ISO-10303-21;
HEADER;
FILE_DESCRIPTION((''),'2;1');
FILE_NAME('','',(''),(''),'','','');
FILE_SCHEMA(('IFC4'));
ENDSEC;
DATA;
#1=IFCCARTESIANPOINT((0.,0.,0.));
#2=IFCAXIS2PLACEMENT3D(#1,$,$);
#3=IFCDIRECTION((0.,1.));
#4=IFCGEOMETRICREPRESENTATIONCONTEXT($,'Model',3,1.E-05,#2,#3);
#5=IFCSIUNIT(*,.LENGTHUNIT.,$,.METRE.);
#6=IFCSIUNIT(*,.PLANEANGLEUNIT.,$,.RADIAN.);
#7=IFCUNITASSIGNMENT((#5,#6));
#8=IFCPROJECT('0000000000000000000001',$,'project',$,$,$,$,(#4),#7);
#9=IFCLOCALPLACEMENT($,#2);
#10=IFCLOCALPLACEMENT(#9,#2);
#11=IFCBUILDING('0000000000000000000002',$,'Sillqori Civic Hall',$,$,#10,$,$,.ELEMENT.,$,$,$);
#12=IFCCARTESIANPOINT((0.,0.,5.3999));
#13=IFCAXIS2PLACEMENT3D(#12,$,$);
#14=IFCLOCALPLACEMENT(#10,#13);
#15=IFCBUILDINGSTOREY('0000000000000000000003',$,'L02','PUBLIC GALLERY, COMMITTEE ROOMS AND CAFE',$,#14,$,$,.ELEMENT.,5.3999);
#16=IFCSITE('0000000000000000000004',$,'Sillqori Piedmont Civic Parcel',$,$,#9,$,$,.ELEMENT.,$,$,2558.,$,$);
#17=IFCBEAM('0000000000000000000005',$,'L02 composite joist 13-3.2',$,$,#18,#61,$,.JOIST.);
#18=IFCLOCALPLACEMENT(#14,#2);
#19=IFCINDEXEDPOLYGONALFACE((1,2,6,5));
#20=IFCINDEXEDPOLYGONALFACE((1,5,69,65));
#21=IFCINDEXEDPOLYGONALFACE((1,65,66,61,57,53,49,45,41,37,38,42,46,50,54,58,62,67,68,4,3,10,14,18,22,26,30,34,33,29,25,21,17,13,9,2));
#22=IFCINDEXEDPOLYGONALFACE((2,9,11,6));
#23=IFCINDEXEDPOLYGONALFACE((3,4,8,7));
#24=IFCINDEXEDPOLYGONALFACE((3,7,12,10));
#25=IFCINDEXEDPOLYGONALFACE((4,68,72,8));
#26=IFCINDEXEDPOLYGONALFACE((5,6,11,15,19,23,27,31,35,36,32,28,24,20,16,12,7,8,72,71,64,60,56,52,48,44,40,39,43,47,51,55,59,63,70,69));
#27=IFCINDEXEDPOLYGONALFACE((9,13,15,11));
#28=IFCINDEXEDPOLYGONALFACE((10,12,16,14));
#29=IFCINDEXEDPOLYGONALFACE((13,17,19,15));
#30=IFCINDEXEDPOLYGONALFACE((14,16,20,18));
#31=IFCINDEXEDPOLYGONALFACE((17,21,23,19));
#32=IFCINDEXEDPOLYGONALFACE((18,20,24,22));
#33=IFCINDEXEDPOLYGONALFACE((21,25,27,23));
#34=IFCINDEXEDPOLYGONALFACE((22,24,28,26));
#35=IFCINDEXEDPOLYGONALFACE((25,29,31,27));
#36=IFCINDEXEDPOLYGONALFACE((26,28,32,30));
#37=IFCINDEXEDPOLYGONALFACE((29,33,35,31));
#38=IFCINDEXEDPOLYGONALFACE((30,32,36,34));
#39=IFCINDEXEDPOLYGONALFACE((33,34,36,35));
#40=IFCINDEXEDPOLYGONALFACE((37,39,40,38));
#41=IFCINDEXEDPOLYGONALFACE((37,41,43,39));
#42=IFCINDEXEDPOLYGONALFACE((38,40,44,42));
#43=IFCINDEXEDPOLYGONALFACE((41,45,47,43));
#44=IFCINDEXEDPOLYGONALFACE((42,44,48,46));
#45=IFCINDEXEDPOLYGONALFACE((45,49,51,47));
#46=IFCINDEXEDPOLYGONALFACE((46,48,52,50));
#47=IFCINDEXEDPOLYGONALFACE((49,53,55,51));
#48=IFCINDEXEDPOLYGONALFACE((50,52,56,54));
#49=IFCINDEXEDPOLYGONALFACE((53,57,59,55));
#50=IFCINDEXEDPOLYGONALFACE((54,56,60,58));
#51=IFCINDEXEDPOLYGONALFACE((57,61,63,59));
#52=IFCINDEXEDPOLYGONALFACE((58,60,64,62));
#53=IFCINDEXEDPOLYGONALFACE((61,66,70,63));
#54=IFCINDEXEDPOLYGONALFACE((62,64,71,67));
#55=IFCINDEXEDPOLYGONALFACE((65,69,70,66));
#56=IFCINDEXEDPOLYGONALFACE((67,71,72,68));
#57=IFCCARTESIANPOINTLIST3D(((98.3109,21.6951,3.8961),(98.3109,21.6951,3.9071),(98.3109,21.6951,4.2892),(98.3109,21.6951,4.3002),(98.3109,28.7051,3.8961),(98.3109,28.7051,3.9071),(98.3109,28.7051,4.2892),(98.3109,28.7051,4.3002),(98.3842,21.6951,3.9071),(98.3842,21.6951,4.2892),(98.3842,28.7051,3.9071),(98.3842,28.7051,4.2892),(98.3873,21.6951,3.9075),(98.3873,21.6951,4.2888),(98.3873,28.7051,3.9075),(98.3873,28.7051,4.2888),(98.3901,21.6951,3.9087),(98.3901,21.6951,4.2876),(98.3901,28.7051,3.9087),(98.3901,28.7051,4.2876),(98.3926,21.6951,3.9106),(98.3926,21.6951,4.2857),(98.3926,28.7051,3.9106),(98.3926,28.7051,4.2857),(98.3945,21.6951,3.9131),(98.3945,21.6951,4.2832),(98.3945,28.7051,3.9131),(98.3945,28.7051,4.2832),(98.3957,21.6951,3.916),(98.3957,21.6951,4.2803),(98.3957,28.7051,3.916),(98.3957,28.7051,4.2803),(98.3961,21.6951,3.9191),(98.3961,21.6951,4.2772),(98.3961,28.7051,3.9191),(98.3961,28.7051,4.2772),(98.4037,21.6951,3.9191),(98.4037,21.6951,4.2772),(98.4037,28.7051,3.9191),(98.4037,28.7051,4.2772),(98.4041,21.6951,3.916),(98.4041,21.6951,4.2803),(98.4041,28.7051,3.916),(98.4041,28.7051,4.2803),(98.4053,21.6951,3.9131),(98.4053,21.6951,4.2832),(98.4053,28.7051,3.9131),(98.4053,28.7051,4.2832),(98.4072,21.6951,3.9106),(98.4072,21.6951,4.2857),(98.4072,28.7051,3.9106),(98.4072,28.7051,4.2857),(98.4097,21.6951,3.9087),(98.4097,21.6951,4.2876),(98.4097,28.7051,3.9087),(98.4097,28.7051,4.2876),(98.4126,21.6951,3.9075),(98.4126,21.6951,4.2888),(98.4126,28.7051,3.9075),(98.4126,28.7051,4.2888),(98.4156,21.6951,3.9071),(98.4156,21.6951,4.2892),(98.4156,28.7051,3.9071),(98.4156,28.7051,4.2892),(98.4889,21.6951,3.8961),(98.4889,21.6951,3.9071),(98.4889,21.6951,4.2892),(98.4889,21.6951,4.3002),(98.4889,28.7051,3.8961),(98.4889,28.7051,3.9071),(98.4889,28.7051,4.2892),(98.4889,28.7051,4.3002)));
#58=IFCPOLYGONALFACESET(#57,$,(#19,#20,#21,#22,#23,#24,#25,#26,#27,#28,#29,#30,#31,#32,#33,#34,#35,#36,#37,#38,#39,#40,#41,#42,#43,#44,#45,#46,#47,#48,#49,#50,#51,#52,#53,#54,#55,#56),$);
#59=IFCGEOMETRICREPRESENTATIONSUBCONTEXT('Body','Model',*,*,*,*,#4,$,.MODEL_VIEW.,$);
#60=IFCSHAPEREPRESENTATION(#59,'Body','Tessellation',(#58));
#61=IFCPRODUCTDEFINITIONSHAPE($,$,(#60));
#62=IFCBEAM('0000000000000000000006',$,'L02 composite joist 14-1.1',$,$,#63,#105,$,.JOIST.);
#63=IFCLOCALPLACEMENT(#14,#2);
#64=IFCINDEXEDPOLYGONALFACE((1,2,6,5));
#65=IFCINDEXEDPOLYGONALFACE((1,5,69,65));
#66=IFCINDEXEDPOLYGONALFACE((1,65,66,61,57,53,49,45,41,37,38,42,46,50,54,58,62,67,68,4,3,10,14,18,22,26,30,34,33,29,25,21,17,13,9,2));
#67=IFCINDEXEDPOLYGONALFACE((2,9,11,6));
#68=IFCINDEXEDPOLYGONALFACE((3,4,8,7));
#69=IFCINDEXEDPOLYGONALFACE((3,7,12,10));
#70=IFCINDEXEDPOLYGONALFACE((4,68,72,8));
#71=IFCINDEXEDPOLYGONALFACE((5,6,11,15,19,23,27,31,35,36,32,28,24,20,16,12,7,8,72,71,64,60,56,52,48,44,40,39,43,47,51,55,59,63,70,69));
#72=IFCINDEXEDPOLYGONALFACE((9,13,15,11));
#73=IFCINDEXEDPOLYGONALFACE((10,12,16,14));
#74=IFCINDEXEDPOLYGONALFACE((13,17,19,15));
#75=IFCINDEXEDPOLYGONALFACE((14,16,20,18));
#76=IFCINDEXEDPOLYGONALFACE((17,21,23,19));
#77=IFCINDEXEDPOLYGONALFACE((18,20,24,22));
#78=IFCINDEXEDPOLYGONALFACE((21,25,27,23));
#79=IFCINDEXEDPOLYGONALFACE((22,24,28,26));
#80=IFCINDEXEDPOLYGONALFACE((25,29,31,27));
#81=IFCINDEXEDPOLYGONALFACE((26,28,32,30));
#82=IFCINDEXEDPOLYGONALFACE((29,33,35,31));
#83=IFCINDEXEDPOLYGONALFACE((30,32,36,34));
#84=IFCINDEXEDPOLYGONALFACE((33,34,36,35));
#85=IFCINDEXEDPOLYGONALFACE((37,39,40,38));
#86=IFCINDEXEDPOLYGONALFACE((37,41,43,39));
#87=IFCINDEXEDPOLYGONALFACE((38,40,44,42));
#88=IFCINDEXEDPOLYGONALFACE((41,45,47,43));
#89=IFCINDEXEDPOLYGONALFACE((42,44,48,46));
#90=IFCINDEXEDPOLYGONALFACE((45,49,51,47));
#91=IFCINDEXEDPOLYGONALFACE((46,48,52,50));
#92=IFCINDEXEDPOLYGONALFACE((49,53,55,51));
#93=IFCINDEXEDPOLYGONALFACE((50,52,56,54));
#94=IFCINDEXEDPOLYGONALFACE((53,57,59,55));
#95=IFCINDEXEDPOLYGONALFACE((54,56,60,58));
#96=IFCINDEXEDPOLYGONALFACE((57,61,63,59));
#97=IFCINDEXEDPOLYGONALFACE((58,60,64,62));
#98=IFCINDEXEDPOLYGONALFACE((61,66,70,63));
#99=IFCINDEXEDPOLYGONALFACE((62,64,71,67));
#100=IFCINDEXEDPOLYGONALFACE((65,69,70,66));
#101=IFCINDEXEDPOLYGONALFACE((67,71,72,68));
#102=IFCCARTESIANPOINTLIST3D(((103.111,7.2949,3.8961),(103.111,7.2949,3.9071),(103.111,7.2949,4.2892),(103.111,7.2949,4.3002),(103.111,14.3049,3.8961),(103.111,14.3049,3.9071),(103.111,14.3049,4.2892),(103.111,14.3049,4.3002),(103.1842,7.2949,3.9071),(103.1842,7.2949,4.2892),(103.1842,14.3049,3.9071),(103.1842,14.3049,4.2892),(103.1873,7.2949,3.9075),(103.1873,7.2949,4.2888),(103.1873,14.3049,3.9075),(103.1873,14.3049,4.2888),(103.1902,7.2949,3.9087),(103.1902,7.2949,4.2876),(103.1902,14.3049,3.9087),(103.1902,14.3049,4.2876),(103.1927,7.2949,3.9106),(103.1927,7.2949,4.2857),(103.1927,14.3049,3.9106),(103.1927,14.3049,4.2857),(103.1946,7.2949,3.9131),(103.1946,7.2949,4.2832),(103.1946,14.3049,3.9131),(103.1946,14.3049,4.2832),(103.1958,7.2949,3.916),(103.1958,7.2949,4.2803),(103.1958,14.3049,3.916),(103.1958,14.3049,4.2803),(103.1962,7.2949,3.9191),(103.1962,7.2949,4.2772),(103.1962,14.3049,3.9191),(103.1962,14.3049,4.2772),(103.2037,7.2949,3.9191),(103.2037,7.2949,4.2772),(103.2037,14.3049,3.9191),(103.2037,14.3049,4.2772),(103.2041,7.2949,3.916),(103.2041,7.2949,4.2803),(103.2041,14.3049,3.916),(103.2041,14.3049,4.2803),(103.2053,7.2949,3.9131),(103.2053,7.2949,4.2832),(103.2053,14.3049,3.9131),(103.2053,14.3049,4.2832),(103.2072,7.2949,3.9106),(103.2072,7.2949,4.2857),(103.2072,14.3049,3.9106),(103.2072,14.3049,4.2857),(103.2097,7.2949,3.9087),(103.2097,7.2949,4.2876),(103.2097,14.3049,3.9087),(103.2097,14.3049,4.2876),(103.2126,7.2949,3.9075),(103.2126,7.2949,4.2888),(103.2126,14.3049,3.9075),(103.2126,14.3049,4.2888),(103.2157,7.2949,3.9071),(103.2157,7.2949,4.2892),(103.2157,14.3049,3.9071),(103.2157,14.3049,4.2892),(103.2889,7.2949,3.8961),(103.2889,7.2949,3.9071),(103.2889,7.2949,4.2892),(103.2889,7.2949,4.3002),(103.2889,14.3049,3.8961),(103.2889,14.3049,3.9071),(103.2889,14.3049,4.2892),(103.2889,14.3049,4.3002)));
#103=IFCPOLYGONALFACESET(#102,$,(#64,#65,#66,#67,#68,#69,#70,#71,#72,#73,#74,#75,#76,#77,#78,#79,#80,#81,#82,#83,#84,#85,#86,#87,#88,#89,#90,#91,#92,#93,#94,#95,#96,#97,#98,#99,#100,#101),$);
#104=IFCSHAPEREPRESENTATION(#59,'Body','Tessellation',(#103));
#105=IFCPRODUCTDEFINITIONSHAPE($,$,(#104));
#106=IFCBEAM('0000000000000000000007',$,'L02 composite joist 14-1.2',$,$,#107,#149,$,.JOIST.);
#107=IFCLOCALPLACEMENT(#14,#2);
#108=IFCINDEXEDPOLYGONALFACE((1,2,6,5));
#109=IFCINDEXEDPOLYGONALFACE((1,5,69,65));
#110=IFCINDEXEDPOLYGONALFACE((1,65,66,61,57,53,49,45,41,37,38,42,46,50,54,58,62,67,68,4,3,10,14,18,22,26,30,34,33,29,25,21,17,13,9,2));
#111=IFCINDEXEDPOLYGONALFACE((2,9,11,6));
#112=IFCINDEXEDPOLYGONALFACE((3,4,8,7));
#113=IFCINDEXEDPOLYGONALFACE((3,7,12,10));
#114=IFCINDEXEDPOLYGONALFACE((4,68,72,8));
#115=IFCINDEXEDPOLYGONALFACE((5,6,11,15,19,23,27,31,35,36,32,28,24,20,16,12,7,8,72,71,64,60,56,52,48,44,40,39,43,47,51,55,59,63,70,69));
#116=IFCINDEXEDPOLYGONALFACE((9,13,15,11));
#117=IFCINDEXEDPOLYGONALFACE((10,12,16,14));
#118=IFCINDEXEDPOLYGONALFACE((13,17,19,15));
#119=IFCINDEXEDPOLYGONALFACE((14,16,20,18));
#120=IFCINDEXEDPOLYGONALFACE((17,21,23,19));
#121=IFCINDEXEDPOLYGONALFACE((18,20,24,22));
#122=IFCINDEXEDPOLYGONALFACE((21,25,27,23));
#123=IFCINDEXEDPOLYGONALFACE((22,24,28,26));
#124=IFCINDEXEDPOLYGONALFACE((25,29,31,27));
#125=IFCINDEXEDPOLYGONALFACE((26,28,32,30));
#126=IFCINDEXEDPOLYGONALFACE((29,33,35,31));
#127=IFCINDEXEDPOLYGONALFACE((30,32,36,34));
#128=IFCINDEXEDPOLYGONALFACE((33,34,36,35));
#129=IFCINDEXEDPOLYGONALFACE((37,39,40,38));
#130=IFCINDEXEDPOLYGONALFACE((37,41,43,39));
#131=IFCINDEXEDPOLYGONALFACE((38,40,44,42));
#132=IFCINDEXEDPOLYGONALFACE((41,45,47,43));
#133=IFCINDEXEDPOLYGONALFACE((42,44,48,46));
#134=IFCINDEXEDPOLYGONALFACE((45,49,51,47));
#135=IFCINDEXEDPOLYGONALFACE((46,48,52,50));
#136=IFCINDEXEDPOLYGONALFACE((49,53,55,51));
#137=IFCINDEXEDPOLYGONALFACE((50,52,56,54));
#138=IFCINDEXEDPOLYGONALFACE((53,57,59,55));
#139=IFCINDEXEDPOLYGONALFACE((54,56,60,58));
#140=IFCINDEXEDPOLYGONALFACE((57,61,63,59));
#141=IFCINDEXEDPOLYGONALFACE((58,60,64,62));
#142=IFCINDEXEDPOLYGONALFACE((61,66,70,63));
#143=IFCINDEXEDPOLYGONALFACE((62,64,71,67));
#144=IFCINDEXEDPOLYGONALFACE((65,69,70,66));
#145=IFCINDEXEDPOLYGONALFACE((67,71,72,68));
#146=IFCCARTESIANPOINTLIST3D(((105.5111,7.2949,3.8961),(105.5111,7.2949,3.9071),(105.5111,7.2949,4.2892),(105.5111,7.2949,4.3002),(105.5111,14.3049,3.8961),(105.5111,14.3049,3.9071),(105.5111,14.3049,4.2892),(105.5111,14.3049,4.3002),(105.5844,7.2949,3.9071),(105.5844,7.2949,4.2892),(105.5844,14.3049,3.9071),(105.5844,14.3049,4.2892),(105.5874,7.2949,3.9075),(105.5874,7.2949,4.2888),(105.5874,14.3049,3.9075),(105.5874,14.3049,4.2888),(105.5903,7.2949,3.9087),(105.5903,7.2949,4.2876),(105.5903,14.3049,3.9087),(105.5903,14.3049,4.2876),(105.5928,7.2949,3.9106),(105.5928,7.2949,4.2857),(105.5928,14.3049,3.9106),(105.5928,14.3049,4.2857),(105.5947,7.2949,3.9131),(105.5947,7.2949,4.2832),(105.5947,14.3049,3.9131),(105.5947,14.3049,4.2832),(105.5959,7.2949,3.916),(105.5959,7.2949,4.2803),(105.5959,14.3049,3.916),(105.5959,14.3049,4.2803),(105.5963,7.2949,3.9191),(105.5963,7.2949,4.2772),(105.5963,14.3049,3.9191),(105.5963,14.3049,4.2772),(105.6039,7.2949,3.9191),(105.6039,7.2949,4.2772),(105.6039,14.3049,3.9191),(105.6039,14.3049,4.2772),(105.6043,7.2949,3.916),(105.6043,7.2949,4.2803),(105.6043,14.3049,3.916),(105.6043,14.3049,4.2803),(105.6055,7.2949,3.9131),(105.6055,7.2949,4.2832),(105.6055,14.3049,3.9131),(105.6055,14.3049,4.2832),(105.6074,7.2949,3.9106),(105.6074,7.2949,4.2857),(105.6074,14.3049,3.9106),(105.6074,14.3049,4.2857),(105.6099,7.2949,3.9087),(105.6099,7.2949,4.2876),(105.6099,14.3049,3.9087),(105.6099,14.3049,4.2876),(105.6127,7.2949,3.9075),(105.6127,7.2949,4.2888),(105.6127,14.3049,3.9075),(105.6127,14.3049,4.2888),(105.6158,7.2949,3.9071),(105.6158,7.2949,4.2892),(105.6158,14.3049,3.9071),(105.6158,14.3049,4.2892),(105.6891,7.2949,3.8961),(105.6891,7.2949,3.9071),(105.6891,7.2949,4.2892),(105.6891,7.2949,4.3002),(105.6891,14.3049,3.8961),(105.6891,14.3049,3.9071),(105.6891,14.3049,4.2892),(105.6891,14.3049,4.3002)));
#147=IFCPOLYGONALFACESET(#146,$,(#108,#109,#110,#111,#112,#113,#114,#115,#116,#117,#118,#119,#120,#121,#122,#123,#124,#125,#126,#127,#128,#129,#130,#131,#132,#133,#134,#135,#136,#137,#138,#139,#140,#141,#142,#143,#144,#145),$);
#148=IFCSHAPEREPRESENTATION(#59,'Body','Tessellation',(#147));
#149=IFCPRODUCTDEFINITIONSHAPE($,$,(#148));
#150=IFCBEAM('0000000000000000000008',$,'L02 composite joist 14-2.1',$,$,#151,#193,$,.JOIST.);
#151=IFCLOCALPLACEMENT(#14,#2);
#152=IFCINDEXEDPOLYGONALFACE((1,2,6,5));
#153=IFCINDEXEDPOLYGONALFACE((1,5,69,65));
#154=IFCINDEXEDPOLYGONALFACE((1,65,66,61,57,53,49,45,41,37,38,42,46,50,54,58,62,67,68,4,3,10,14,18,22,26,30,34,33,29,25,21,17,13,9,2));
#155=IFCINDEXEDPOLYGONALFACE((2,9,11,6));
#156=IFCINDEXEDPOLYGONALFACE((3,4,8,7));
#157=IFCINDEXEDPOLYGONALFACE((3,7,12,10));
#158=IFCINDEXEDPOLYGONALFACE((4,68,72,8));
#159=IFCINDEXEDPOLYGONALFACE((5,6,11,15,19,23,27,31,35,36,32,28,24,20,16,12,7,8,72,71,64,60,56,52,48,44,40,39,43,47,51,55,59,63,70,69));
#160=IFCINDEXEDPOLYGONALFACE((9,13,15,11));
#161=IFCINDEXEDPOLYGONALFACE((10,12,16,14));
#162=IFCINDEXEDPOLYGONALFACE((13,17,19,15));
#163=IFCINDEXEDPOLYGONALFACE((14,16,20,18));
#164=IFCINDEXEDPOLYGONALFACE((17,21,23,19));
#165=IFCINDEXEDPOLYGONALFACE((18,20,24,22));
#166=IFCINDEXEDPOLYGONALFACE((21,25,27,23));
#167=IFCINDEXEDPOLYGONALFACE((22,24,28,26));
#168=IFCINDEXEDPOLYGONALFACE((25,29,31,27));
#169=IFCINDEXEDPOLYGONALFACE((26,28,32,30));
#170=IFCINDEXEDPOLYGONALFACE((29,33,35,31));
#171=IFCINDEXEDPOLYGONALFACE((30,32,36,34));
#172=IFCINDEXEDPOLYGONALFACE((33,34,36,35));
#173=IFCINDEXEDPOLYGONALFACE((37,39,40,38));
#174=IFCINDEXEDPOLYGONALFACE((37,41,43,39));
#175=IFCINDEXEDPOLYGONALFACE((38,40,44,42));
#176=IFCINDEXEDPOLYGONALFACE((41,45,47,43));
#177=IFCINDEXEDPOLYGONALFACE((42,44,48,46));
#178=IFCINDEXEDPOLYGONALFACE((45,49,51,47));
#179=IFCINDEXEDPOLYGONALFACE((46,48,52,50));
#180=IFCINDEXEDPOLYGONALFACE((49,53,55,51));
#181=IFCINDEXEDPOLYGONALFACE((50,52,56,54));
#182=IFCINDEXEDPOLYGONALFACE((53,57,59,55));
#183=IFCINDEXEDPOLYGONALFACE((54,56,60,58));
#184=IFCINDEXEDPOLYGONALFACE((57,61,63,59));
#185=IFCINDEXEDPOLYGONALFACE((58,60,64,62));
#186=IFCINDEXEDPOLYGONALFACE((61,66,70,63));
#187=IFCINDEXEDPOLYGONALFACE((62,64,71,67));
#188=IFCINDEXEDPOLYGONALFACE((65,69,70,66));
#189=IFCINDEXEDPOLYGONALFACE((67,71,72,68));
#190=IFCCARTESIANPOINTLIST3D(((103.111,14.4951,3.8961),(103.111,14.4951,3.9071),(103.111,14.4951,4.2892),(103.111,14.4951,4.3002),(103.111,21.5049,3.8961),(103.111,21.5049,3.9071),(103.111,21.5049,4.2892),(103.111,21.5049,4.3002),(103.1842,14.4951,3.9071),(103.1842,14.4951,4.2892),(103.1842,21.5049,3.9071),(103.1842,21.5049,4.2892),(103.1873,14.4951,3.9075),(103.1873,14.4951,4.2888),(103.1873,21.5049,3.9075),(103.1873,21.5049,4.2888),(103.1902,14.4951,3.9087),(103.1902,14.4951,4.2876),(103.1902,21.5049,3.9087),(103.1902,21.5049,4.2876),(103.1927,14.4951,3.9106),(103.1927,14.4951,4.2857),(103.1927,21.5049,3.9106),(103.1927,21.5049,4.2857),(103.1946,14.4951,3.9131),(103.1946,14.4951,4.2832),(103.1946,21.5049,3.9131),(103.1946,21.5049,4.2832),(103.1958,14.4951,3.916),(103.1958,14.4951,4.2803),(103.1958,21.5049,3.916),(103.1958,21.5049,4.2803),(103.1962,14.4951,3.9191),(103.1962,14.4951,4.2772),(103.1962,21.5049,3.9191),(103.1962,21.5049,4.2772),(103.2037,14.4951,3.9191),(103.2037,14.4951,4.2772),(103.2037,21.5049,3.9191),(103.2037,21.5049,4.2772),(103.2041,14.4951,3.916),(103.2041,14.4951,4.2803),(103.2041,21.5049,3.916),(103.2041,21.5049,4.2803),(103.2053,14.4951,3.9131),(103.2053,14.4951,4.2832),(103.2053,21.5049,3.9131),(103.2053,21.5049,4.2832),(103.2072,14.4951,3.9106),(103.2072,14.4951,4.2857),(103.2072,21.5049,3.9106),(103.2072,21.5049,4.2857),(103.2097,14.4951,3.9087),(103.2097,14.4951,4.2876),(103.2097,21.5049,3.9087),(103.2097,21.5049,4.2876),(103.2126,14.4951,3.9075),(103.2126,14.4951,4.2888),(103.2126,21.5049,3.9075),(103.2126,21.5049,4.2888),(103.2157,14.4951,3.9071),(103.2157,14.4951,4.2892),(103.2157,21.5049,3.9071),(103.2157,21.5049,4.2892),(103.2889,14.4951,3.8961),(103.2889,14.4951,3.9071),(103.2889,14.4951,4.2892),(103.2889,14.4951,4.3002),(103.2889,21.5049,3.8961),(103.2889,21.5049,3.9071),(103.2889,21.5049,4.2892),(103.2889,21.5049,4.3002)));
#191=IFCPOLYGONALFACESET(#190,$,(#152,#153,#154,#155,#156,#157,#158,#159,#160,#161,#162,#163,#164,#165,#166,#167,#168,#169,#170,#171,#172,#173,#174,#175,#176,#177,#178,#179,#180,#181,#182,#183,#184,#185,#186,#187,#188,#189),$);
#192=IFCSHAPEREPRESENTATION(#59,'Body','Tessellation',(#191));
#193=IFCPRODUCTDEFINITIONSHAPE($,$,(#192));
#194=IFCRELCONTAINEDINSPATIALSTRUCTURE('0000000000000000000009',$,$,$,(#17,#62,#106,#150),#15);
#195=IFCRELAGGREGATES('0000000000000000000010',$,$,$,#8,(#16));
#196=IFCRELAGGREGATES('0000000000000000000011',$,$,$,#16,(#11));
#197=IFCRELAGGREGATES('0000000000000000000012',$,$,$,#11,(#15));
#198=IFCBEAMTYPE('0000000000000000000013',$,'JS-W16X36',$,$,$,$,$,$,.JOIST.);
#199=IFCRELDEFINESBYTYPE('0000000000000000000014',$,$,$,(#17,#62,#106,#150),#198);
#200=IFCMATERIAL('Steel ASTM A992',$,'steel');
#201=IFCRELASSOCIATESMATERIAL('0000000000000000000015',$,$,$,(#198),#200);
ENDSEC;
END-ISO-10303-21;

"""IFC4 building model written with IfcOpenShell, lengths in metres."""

from ifc_helpers import new_model, si_unit, direction, frame, origin, origin_2d, place, context, subcontext, project, spatial, i_section, extrude, material, material_profile, profile_set, type_object, element, save


model = new_model("IFC4")

# Units and contexts
model_context = context("Model", 3, precision=1e-05, world=origin(), true_north=direction((0.0, 1.0)))
body_context = subcontext(model_context, "Body", "Model", "MODEL_VIEW")
ifc_project = project(units=[si_unit("LENGTHUNIT", "METRE"), si_unit("PLANEANGLEUNIT", "RADIAN")], contexts=[model_context])

# Site, building, storey
site_placement = place(None, origin())
site = spatial("IfcSite", under=ifc_project, at=site_placement, Name="Sillqori Piedmont Civic Parcel", CompositionType="ELEMENT", RefElevation=2558.0)
building_placement = place(site_placement, origin())
building = spatial("IfcBuilding", under=site, at=building_placement, Name="Sillqori Civic Hall", CompositionType="ELEMENT")
storey_placement = place(building_placement, frame((0.0, 0.0, 5.3999)))
storey = spatial("IfcBuildingStorey", under=building, at=storey_placement, Name="L02", Description="PUBLIC GALLERY, COMMITTEE ROOMS AND CAFE", CompositionType="ELEMENT", Elevation=5.3999)

# Shared definitions
ifc_material_1 = material(Name="Steel ASTM A992", Category="steel")

# Beams
ifc_material_profile_1 = material_profile(ifc_material_1, i_section(OverallWidth=0.178, OverallDepth=0.4041, WebThickness=0.0076, FlangeThickness=0.011, FilletRadius=0.012, at=origin_2d()), Name="W16X36")
ifc_profile_set_1 = profile_set([ifc_material_profile_1], Name="Steel ASTM A992")
beam_type_1 = type_object("IfcBeamType", Name="JS-W16X36", PredefinedType="JOIST", material=ifc_profile_set_1)
for number, where, z_axis, x_axis, name in (
    (1, (98.3999, 21.6951, 4.0981), (0.0, 1.0, 0.0), (-1.0, 0.0, 0.0), "L02 composite joist 13-3.2"),
    (2, (103.2, 7.2949, 4.0981), (0.0, 1.0, 0.0), (-1.0, 0.0, 0.0), "L02 composite joist 14-1.1"),
    (3, (105.6001, 7.2949, 4.0981), (0.0, 1.0, 0.0), (-1.0, 0.0, 0.0), "L02 composite joist 14-1.2"),
):
    element("IfcBeam", number, at=place(storey_placement, frame(where, z_axis=z_axis, x_axis=x_axis)), inside=storey, type_object=beam_type_1, Name=name, PredefinedType="JOIST", context=body_context, shape_type="SweptSolid", body=[
        extrude(i_section(OverallWidth=0.178, OverallDepth=0.4041, WebThickness=0.0076, FlangeThickness=0.011, FilletRadius=0.012, at=origin_2d()), origin(), (0.0, 0.0, 1.0), 7.01),
    ])
for number, where, z_axis, x_axis, name in (
    (4, (103.2, 14.4951, 4.0981), (0.0, 1.0, 0.0), (-1.0, 0.0, 0.0), "L02 composite joist 14-2.1"),
):
    element("IfcBeam", number, at=place(storey_placement, frame(where, z_axis=z_axis, x_axis=x_axis)), inside=storey, type_object=beam_type_1, Name=name, PredefinedType="JOIST", context=body_context, shape_type="SweptSolid", body=[
        extrude(i_section(OverallWidth=0.178, OverallDepth=0.4041, WebThickness=0.0076, FlangeThickness=0.011, FilletRadius=0.012, at=origin_2d()), origin(), (0.0, 0.0, 1.0), 7.0098),
    ])

save(model, "model.ifc")
